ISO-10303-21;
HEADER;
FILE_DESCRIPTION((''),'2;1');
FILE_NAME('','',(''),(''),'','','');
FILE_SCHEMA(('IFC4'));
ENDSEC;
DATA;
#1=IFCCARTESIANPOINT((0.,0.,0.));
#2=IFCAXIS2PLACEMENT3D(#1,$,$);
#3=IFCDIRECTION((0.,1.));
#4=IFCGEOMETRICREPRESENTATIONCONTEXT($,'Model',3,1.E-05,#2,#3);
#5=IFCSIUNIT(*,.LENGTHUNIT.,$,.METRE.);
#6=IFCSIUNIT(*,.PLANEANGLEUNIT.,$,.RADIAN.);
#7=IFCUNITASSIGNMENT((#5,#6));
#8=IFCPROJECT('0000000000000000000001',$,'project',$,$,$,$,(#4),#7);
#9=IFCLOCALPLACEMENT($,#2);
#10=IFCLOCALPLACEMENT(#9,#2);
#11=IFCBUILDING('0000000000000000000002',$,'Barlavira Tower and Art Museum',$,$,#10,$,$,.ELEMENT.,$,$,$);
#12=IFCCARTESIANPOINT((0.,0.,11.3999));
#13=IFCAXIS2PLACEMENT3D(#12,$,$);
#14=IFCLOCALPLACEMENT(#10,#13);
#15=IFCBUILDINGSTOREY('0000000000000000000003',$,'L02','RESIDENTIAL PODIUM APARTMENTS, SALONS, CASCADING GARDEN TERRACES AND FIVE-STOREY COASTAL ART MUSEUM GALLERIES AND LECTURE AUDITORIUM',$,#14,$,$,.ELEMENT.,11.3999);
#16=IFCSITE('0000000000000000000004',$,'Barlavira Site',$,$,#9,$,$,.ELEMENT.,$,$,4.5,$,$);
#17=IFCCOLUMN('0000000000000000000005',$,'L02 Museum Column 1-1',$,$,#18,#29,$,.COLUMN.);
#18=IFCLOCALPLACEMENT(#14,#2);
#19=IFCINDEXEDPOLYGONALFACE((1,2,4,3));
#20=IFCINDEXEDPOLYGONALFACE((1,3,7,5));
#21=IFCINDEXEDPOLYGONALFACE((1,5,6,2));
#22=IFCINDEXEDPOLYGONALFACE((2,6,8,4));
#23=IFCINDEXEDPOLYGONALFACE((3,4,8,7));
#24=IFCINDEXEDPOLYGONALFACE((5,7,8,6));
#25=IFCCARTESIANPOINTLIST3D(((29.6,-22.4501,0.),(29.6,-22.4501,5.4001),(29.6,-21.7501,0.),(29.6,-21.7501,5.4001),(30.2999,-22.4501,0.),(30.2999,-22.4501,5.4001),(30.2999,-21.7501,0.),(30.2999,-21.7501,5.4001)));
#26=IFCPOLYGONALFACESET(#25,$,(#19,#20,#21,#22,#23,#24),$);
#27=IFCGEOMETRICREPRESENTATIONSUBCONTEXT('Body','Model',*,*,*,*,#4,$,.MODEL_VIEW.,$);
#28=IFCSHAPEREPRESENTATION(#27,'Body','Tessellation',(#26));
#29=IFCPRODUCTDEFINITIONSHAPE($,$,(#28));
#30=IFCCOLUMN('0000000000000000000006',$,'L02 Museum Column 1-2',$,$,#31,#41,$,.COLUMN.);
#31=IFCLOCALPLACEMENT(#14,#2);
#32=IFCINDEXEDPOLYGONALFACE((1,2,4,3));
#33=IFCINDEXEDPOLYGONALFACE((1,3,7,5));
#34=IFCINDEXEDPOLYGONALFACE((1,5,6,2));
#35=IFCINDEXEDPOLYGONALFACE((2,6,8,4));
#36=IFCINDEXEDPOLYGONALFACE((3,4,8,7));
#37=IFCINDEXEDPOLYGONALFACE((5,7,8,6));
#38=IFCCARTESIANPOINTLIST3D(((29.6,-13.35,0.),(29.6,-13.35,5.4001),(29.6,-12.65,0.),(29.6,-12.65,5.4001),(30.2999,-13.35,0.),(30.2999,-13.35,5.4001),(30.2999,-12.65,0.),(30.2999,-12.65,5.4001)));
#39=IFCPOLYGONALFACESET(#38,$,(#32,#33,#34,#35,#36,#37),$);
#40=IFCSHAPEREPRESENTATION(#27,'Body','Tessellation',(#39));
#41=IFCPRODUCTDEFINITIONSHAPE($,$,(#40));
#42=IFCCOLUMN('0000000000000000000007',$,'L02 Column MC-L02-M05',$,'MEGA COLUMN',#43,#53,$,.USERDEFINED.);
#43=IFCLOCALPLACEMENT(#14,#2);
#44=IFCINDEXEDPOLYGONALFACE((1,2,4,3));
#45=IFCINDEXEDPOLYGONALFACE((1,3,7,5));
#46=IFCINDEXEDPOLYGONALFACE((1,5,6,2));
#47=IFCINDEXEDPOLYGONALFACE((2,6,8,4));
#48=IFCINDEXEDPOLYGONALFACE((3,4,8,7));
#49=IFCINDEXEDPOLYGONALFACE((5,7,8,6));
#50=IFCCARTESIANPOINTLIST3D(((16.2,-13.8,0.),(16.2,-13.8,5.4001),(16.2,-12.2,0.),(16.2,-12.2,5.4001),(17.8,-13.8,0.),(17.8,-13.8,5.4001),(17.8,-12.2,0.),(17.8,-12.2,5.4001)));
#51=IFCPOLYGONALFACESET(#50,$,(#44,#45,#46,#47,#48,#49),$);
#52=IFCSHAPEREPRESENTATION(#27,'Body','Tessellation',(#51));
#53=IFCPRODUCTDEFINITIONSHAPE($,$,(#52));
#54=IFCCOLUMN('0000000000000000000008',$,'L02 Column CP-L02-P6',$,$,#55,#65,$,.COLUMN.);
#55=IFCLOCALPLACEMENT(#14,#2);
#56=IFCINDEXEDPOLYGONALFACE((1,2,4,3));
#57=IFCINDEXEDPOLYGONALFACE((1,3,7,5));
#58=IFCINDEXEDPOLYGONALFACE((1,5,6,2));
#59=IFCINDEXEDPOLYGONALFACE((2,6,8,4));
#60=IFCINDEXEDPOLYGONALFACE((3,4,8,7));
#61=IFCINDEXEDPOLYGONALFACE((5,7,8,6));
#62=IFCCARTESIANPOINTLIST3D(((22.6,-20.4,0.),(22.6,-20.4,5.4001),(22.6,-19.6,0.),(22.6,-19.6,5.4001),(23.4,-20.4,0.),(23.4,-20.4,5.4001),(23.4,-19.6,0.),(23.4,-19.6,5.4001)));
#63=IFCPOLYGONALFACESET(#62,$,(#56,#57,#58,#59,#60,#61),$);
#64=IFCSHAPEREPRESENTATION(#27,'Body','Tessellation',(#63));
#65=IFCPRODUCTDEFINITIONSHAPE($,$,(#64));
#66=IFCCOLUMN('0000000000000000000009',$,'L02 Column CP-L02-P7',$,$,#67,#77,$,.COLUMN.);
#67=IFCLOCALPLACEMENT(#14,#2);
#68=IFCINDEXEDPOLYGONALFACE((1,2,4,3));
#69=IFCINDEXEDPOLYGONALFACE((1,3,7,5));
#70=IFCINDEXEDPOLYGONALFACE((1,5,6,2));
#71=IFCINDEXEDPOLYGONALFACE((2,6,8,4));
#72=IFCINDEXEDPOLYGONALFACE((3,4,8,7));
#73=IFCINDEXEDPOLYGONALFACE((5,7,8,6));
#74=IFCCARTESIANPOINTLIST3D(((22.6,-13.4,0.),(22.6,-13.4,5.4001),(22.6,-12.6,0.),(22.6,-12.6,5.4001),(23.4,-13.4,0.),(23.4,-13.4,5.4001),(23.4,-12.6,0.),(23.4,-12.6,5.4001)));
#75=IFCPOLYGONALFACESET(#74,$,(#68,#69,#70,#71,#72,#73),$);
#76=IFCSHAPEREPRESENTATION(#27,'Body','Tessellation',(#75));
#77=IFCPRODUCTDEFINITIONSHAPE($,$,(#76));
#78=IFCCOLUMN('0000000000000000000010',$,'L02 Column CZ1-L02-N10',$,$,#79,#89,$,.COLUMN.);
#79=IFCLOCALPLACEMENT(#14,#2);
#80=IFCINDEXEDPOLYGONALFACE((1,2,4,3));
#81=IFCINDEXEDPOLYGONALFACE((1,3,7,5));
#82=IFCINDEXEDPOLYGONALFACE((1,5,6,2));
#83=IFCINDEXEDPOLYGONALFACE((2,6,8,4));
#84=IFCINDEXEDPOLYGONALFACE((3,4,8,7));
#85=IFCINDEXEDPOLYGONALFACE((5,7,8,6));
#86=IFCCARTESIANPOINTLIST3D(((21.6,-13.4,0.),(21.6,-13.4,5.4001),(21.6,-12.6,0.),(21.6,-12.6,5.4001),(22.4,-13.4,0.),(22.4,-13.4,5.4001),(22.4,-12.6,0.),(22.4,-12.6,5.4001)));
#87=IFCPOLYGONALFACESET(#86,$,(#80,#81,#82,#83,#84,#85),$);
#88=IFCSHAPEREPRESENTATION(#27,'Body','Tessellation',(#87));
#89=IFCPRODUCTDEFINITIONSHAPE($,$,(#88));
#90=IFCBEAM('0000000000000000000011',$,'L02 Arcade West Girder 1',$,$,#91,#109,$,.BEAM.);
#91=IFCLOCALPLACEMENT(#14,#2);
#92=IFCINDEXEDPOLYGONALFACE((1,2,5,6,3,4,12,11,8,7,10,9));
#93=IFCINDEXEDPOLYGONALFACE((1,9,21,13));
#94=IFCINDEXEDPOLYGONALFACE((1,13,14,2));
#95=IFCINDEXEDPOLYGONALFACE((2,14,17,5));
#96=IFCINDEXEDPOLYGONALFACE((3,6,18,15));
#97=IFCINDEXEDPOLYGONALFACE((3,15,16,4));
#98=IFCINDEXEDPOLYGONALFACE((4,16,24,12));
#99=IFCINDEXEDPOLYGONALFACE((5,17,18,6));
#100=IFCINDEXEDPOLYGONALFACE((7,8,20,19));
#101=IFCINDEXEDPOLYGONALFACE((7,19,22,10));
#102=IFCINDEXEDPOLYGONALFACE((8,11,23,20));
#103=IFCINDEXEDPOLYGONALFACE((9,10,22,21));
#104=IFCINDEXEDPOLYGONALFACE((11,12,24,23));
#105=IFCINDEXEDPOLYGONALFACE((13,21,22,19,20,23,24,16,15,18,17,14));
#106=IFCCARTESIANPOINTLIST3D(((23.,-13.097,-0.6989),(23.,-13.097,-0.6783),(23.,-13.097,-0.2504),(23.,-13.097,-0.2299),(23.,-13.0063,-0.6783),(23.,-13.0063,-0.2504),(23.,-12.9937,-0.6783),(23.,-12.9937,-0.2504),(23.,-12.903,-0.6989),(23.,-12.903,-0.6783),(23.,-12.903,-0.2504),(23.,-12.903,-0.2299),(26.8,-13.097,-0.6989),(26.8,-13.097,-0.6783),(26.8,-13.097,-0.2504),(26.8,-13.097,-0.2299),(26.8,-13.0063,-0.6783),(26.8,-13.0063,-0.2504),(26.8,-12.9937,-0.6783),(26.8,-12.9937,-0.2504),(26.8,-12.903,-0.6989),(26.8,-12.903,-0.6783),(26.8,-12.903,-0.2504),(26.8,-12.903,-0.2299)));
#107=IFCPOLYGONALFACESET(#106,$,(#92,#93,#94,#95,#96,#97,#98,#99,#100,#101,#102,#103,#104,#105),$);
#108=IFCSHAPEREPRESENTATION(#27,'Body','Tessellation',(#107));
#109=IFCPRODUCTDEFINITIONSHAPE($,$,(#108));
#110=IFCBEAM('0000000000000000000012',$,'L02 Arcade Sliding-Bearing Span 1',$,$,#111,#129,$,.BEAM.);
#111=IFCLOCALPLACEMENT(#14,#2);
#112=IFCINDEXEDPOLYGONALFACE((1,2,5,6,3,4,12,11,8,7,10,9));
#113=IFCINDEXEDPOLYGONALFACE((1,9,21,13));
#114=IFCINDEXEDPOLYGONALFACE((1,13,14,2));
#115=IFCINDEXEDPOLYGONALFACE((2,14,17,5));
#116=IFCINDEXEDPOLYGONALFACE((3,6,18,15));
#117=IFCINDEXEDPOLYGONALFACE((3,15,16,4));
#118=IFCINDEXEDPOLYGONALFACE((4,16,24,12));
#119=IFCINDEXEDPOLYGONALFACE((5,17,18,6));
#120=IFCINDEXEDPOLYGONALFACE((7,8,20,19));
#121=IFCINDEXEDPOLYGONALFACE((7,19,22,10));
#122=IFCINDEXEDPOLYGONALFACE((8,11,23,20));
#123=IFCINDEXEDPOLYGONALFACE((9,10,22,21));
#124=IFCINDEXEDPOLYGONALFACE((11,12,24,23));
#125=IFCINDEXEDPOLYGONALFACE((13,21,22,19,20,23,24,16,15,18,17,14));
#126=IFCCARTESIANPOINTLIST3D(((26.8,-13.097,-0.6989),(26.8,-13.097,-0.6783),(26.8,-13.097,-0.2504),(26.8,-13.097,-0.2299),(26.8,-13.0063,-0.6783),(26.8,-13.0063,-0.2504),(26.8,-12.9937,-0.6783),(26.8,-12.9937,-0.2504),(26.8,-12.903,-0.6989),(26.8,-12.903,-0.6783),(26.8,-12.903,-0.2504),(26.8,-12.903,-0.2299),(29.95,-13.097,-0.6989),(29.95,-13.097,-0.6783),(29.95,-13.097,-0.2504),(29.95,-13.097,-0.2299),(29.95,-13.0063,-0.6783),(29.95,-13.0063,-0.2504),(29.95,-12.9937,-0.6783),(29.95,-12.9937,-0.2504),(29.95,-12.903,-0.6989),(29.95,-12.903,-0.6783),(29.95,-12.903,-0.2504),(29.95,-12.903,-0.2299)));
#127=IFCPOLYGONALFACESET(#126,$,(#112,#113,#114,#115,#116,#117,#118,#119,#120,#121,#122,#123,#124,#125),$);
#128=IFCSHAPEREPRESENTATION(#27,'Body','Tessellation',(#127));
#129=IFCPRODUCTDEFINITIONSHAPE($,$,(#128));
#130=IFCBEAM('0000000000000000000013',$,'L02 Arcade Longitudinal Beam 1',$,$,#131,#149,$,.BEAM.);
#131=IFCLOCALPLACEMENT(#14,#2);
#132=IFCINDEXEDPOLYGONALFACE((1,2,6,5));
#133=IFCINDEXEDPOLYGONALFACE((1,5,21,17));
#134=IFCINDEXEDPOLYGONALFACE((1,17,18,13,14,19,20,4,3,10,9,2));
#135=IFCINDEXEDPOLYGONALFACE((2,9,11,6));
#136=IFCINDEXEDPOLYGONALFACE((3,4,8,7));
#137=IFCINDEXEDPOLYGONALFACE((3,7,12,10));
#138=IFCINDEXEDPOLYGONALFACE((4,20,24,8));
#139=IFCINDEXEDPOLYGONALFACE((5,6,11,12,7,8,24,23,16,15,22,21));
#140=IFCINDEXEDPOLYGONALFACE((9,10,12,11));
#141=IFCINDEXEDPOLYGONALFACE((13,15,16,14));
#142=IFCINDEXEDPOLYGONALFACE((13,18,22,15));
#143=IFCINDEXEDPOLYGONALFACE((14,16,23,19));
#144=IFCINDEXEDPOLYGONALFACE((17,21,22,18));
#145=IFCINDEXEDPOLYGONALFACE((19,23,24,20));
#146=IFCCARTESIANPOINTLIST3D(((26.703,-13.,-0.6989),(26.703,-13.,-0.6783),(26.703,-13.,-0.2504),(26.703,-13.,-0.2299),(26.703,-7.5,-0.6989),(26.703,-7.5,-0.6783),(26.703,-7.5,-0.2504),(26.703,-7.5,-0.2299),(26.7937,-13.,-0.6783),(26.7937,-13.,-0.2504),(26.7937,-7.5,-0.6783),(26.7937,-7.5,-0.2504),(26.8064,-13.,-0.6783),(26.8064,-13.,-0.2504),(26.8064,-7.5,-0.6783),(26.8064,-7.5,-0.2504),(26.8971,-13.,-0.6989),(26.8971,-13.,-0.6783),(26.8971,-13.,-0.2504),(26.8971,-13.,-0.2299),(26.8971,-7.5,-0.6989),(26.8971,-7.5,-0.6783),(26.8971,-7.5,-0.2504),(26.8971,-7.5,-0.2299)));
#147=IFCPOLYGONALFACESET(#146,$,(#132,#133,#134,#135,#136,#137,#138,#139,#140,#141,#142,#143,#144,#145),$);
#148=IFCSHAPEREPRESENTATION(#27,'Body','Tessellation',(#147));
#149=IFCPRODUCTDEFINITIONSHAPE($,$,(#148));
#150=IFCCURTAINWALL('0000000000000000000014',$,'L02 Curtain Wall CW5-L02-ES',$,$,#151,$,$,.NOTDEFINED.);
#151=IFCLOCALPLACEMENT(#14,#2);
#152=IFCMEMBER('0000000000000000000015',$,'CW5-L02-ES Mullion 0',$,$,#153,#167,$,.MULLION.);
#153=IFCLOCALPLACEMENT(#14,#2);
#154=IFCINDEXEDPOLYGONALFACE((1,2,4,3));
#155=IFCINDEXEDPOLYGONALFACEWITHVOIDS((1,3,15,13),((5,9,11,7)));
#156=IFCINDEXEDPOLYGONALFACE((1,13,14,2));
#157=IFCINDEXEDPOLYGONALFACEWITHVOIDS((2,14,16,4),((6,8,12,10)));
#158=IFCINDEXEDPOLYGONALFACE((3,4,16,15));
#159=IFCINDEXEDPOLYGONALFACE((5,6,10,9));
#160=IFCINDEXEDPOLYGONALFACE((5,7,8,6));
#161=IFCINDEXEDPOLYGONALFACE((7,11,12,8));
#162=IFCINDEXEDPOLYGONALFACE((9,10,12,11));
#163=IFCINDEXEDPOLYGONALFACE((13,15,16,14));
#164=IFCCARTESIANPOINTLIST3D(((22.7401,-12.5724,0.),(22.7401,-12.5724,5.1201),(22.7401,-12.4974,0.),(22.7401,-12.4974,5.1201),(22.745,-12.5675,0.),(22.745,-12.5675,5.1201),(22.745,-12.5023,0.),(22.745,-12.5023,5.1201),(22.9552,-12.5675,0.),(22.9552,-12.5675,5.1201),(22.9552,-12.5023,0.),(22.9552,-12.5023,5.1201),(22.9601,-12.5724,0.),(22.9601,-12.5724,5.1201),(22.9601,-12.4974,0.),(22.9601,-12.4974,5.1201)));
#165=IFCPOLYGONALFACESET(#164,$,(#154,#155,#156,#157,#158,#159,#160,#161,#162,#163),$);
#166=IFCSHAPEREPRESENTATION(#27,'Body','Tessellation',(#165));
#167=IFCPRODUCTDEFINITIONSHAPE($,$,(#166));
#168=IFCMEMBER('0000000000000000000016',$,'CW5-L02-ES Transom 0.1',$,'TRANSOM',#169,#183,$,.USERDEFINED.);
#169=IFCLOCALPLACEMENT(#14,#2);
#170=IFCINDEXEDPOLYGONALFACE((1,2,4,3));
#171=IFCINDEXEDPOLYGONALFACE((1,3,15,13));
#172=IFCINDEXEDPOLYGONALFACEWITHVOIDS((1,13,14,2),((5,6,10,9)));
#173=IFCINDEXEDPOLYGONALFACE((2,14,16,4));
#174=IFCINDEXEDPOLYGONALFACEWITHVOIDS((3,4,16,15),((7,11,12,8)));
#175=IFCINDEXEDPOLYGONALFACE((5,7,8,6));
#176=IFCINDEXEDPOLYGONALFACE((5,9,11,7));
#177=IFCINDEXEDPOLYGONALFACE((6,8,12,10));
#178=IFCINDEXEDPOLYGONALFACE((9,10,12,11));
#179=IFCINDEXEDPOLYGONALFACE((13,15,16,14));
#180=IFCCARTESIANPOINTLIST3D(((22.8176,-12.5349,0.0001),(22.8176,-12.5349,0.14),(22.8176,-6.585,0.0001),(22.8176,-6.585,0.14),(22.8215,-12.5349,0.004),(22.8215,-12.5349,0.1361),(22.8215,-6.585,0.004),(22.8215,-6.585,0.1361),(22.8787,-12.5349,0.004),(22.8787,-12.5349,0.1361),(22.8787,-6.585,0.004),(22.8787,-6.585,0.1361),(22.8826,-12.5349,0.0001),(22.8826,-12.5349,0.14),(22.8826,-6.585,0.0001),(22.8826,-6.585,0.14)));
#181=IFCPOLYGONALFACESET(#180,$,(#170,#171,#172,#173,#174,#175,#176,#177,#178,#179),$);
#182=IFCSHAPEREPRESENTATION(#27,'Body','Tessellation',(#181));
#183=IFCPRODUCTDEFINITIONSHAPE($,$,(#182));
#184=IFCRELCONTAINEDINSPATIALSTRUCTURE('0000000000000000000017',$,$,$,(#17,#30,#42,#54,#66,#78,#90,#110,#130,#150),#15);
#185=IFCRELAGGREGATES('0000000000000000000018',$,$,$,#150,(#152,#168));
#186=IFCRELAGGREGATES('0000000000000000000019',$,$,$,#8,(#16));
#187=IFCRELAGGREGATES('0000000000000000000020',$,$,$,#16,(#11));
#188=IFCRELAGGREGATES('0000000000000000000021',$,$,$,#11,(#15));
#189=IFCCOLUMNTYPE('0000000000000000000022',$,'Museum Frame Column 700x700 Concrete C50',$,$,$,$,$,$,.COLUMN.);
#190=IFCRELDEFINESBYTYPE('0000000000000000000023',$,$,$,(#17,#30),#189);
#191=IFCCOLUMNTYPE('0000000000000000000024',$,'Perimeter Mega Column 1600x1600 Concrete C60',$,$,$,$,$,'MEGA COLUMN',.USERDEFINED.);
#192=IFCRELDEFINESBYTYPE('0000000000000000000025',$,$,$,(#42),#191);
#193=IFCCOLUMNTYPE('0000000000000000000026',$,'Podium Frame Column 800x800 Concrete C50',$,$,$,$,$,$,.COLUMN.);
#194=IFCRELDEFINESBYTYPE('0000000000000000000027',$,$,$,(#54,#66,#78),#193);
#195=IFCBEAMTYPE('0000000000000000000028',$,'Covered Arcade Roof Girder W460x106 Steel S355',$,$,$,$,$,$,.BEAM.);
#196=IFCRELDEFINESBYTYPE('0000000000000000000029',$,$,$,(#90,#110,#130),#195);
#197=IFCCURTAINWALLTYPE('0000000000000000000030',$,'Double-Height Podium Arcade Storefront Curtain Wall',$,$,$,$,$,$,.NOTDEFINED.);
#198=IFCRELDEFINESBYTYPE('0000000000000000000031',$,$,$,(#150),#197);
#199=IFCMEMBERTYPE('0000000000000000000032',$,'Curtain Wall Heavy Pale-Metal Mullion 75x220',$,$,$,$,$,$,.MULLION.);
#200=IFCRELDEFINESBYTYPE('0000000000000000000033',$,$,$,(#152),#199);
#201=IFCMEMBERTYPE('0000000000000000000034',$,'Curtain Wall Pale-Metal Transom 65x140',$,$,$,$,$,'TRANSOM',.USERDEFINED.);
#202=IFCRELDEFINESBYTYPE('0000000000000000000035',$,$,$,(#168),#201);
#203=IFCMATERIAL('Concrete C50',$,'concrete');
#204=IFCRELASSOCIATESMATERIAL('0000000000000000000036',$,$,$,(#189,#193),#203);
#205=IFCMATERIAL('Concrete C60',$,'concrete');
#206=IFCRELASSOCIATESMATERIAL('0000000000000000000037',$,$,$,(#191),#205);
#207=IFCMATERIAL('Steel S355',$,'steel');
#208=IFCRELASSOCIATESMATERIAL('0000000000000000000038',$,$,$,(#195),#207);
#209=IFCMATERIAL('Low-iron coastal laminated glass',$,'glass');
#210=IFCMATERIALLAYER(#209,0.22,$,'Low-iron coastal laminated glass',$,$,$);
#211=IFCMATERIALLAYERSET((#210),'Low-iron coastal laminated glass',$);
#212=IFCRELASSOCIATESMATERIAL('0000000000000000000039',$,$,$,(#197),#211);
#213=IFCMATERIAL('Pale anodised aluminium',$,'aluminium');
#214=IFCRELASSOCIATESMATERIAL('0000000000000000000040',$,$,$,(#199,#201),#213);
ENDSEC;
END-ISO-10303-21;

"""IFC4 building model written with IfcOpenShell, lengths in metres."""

from ifc_helpers import new_model, si_unit, direction, frame, origin, origin_2d, place, context, subcontext, project, spatial, rectangle, hollow_rectangle, i_section, extrude, material, layer, layer_set, material_profile, profile_set, type_object, element, aggregate, save


model = new_model("IFC4")

# Units and contexts
model_context = context("Model", 3, precision=1e-05, world=origin(), true_north=direction((0.0, 1.0)))
body_context = subcontext(model_context, "Body", "Model", "MODEL_VIEW")
ifc_project = project(units=[si_unit("LENGTHUNIT", "METRE"), si_unit("PLANEANGLEUNIT", "RADIAN")], contexts=[model_context])

# Site, building, storey
site_placement = place(None, origin())
site = spatial("IfcSite", under=ifc_project, at=site_placement, Name="Barlavira Site", CompositionType="ELEMENT", RefElevation=4.5)
building_placement = place(site_placement, origin())
building = spatial("IfcBuilding", under=site, at=building_placement, Name="Barlavira Tower and Art Museum", CompositionType="ELEMENT")
storey_placement = place(building_placement, frame((0.0, 0.0, 11.3999)))
storey = spatial("IfcBuildingStorey", under=building, at=storey_placement, Name="L02", Description="RESIDENTIAL PODIUM APARTMENTS, SALONS, CASCADING GARDEN TERRACES AND FIVE-STOREY COASTAL ART MUSEUM GALLERIES AND LECTURE AUDITORIUM", CompositionType="ELEMENT", Elevation=11.3999)

# Columns
ifc_material_1 = material(Name="Concrete C50", Category="concrete")
ifc_material_profile_1 = material_profile(ifc_material_1, rectangle(XDim=0.7, YDim=0.7, at=origin_2d()), Name="RC-COL 700x700")
ifc_profile_set_1 = profile_set([ifc_material_profile_1], Name="Concrete C50")
column_type_1 = type_object("IfcColumnType", Name="Museum Frame Column 700x700 Concrete C50", PredefinedType="COLUMN", material=ifc_profile_set_1)
for number, where, z_axis, x_axis, name in (
    (1, (29.95, -22.1001, 0.0), (0.0, 0.0, 1.0), (1.0, 0.0, 0.0), "L02 Museum Column 1-1"),
    (2, (29.95, -13.0, 0.0), (0.0, 0.0, 1.0), (1.0, 0.0, 0.0), "L02 Museum Column 1-2"),
):
    element("IfcColumn", number, at=place(storey_placement, frame(where, z_axis=z_axis, x_axis=x_axis)), inside=storey, type_object=column_type_1, Name=name, PredefinedType="COLUMN", context=body_context, shape_type="SweptSolid", body=[
        extrude(rectangle(XDim=0.7, YDim=0.7, at=origin_2d()), origin(), (0.0, 0.0, 1.0), 5.4001),
    ])
ifc_material_2 = material(Name="Concrete C60", Category="concrete")
ifc_material_profile_2 = material_profile(ifc_material_2, rectangle(XDim=1.6001, YDim=1.6001, at=origin_2d()), Name="RC-MCOL 1600x1600")
ifc_profile_set_2 = profile_set([ifc_material_profile_2], Name="Concrete C60")
column_type_2 = type_object("IfcColumnType", Name="Perimeter Mega Column 1600x1600 Concrete C60", ElementType="MEGA COLUMN", PredefinedType="USERDEFINED", material=ifc_profile_set_2)
column_placement = place(storey_placement, frame((17.0, -13.0, 0.0), z_axis=(0.0, 0.0, 1.0), x_axis=(1.0, 0.0, 0.0)))
element("IfcColumn", 3, at=column_placement, inside=storey, type_object=column_type_2, Name="L02 Column MC-L02-M05", ObjectType="MEGA COLUMN", PredefinedType="USERDEFINED", context=body_context, shape_type="SweptSolid", body=[
    extrude(rectangle(XDim=1.6001, YDim=1.6001, at=origin_2d()), origin(), (0.0, 0.0, 1.0), 5.4001),
])
ifc_material_profile_3 = material_profile(ifc_material_1, rectangle(XDim=0.8, YDim=0.8, at=origin_2d()), Name="RC-COL 800x800")
ifc_profile_set_3 = profile_set([ifc_material_profile_3], Name="Concrete C50")
column_type_3 = type_object("IfcColumnType", Name="Podium Frame Column 800x800 Concrete C50", PredefinedType="COLUMN", material=ifc_profile_set_3)
for number, where, z_axis, x_axis, name in (
    (4, (23.0, -20.0, 0.0), (0.0, 0.0, 1.0), (1.0, 0.0, 0.0), "L02 Column CP-L02-P6"),
    (5, (23.0, -13.0, 0.0), (0.0, 0.0, 1.0), (1.0, 0.0, 0.0), "L02 Column CP-L02-P7"),
    (6, (22.0, -13.0, 0.0), (0.0, 0.0, 1.0), (1.0, 0.0, 0.0), "L02 Column CZ1-L02-N10"),
):
    element("IfcColumn", number, at=place(storey_placement, frame(where, z_axis=z_axis, x_axis=x_axis)), inside=storey, type_object=column_type_3, Name=name, PredefinedType="COLUMN", context=body_context, shape_type="SweptSolid", body=[
        extrude(rectangle(XDim=0.8, YDim=0.8, at=origin_2d()), origin(), (0.0, 0.0, 1.0), 5.4001),
    ])

# Beams
ifc_material_3 = material(Name="Steel S355", Category="steel")
ifc_material_profile_4 = material_profile(ifc_material_3, i_section(OverallWidth=0.1941, OverallDepth=0.469, WebThickness=0.0127, FlangeThickness=0.0205, at=origin_2d()), Name="W460x106.0")
ifc_profile_set_4 = profile_set([ifc_material_profile_4], Name="Steel S355")
beam_type_1 = type_object("IfcBeamType", Name="Covered Arcade Roof Girder W460x106 Steel S355", PredefinedType="BEAM", material=ifc_profile_set_4)
beam_1_placement = place(storey_placement, frame((23.0, -13.0, -0.4644), z_axis=(1.0, 0.0, 0.0), x_axis=(0.0, 1.0, 0.0)))
element("IfcBeam", 7, at=beam_1_placement, inside=storey, type_object=beam_type_1, Name="L02 Arcade West Girder 1", PredefinedType="BEAM", context=body_context, shape_type="SweptSolid", body=[
    extrude(i_section(OverallWidth=0.1941, OverallDepth=0.469, WebThickness=0.0127, FlangeThickness=0.0205, at=origin_2d()), origin(), (0.0, 0.0, 1.0), 3.8),
])
beam_2_placement = place(storey_placement, frame((26.8, -13.0, -0.4644), z_axis=(1.0, 0.0, 0.0), x_axis=(0.0, 1.0, 0.0)))
element("IfcBeam", 8, at=beam_2_placement, inside=storey, type_object=beam_type_1, Name="L02 Arcade Sliding-Bearing Span 1", PredefinedType="BEAM", context=body_context, shape_type="SweptSolid", body=[
    extrude(i_section(OverallWidth=0.1941, OverallDepth=0.469, WebThickness=0.0127, FlangeThickness=0.0205, at=origin_2d()), origin(), (0.0, 0.0, 1.0), 3.1499),
])
beam_3_placement = place(storey_placement, frame((26.8, -13.0, -0.4644), z_axis=(0.0, 1.0, 0.0), x_axis=(-1.0, 0.0, 0.0)))
element("IfcBeam", 9, at=beam_3_placement, inside=storey, type_object=beam_type_1, Name="L02 Arcade Longitudinal Beam 1", PredefinedType="BEAM", context=body_context, shape_type="SweptSolid", body=[
    extrude(i_section(OverallWidth=0.1941, OverallDepth=0.469, WebThickness=0.0127, FlangeThickness=0.0205, at=origin_2d()), origin(), (0.0, 0.0, 1.0), 5.5),
])

# Curtain wall, members
ifc_material_4 = material(Name="Low-iron coastal laminated glass", Category="glass")
ifc_layer_1 = layer(ifc_material_4, 0.22, Name="Low-iron coastal laminated glass")
ifc_layer_set_1 = layer_set([ifc_layer_1], Name="Low-iron coastal laminated glass")
curtain_wall_type = type_object("IfcCurtainWallType", Name="Double-Height Podium Arcade Storefront Curtain Wall", PredefinedType="NOTDEFINED", material=ifc_layer_set_1)
curtain_wall_placement = place(storey_placement, origin())
curtain_wall = element("IfcCurtainWall", 10, at=curtain_wall_placement, inside=storey, type_object=curtain_wall_type, Name="L02 Curtain Wall CW5-L02-ES", PredefinedType="NOTDEFINED")
ifc_material_5 = material(Name="Pale anodised aluminium", Category="aluminium")
ifc_material_profile_5 = material_profile(ifc_material_5, hollow_rectangle(XDim=0.075, YDim=0.22, WallThickness=0.0049, at=origin_2d()), Name="ALU-MULL 75x220x5")
ifc_profile_set_5 = profile_set([ifc_material_profile_5], Name="Pale anodised aluminium")
member_type_1 = type_object("IfcMemberType", Name="Curtain Wall Heavy Pale-Metal Mullion 75x220", PredefinedType="MULLION", material=ifc_profile_set_5)
member_1_placement = place(storey_placement, frame((22.8501, -12.5349, 0.0), z_axis=(0.0, 0.0, 1.0), x_axis=(0.0, 1.0, 0.0)))
member_1 = element("IfcMember", 11, at=member_1_placement, type_object=member_type_1, Name="CW5-L02-ES Mullion 0", PredefinedType="MULLION", context=body_context, shape_type="SweptSolid", body=[
    extrude(hollow_rectangle(XDim=0.075, YDim=0.22, WallThickness=0.0049, at=origin_2d()), origin(), (0.0, 0.0, 1.0), 5.1201),
])
ifc_material_profile_6 = material_profile(ifc_material_5, hollow_rectangle(XDim=0.0649, YDim=0.1399, WallThickness=0.0039, at=origin_2d()), Name="ALU-TRAN 65x140x4")
ifc_profile_set_6 = profile_set([ifc_material_profile_6], Name="Pale anodised aluminium")
member_type_2 = type_object("IfcMemberType", Name="Curtain Wall Pale-Metal Transom 65x140", ElementType="TRANSOM", PredefinedType="USERDEFINED", material=ifc_profile_set_6)
member_2_placement = place(storey_placement, frame((22.8501, -12.5349, 0.0701), z_axis=(0.0, 1.0, 0.0), x_axis=(-1.0, 0.0, 0.0)))
member_2 = element("IfcMember", 12, at=member_2_placement, type_object=member_type_2, Name="CW5-L02-ES Transom 0.1", ObjectType="TRANSOM", PredefinedType="USERDEFINED", context=body_context, shape_type="SweptSolid", body=[
    extrude(hollow_rectangle(XDim=0.0649, YDim=0.1399, WallThickness=0.0039, at=origin_2d()), origin(), (0.0, 0.0, 1.0), 5.95),
])
aggregate(curtain_wall, [member_1, member_2])

save(model, "model.ifc")
